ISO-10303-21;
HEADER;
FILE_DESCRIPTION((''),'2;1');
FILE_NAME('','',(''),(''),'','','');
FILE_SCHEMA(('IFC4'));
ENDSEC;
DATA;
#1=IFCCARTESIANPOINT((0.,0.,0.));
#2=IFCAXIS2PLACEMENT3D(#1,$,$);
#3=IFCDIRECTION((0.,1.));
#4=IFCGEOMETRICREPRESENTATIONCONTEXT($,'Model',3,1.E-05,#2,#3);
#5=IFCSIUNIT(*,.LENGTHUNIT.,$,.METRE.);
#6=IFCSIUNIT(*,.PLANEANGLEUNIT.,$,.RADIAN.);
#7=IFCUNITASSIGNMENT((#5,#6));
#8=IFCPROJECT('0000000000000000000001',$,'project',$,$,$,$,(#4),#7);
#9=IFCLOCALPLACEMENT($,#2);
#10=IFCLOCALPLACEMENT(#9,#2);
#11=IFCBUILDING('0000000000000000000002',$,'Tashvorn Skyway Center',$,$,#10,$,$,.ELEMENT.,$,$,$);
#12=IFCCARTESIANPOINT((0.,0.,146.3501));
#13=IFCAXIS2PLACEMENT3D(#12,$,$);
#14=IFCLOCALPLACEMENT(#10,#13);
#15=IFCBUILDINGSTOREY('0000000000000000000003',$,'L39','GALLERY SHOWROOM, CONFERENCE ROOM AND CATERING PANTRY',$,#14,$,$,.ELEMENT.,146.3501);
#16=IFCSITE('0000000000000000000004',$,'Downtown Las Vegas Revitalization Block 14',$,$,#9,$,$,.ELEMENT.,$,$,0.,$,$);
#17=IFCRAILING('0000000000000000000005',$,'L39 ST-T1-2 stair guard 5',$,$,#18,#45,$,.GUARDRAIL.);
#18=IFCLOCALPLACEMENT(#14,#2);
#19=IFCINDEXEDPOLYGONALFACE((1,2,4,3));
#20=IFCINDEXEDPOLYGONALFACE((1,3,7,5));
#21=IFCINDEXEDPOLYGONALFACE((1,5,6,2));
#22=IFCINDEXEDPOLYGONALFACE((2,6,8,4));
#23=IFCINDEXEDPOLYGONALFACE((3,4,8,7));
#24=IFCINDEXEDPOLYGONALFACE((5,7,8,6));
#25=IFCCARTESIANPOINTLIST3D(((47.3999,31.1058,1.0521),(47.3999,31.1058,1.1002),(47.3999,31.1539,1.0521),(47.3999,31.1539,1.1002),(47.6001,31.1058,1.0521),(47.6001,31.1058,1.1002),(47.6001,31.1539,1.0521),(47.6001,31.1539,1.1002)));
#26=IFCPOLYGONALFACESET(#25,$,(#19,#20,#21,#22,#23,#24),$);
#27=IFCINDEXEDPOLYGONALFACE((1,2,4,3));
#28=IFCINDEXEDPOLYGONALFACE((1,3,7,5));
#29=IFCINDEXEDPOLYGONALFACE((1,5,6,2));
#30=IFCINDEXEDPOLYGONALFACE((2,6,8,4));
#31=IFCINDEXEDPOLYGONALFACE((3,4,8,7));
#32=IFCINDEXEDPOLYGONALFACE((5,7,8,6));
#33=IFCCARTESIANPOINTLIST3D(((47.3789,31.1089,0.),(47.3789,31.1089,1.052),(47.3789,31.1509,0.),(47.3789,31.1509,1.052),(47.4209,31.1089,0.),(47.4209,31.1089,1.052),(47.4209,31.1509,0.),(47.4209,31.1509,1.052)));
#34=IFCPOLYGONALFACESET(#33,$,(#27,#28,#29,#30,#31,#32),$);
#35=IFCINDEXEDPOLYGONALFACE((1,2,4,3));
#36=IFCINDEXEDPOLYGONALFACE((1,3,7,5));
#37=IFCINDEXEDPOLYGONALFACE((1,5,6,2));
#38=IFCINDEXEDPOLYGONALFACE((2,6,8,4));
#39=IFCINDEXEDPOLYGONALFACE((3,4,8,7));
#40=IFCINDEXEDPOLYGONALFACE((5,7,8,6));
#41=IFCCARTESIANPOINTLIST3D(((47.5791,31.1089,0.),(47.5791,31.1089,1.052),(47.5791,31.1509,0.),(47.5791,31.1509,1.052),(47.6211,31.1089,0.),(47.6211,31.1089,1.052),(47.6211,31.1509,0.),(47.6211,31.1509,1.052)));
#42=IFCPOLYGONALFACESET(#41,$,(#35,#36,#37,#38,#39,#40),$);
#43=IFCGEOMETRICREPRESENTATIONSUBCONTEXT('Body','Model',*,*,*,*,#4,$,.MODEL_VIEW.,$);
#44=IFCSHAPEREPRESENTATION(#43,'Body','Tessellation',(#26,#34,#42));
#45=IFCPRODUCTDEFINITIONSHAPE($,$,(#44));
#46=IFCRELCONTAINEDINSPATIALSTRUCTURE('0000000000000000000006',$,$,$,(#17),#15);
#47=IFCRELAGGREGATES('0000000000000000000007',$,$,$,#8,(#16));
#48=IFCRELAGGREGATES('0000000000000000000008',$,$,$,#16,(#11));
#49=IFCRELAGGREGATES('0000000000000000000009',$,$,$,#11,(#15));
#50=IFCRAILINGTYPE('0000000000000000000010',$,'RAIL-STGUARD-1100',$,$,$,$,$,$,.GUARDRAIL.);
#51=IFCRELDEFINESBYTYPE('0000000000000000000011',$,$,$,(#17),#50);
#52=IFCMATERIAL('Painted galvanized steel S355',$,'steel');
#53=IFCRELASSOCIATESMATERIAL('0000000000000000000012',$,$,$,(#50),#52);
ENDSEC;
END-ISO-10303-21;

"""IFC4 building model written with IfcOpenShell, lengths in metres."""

from ifc_helpers import new_model, si_unit, direction, frame, origin, origin_2d, place, context, subcontext, project, spatial, rectangle, extrude, material, type_object, element, save


model = new_model("IFC4")

# Units and contexts
model_context = context("Model", 3, precision=1e-05, world=origin(), true_north=direction((0.0, 1.0)))
body_context = subcontext(model_context, "Body", "Model", "MODEL_VIEW")
ifc_project = project(units=[si_unit("LENGTHUNIT", "METRE"), si_unit("PLANEANGLEUNIT", "RADIAN")], contexts=[model_context])

# Site, building, storey
site_placement = place(None, origin())
site = spatial("IfcSite", under=ifc_project, at=site_placement, Name="Downtown Las Vegas Revitalization Block 14", CompositionType="ELEMENT", RefElevation=0.0)
building_placement = place(site_placement, origin())
building = spatial("IfcBuilding", under=site, at=building_placement, Name="Tashvorn Skyway Center", CompositionType="ELEMENT")
storey_placement = place(building_placement, frame((0.0, 0.0, 146.3501)))
storey = spatial("IfcBuildingStorey", under=building, at=storey_placement, Name="L39", Description="GALLERY SHOWROOM, CONFERENCE ROOM AND CATERING PANTRY", CompositionType="ELEMENT", Elevation=146.3501)

# Railing
ifc_material_1 = material(Name="Painted galvanized steel S355", Category="steel")
railing_type_1 = type_object("IfcRailingType", Name="RAIL-STGUARD-1100", PredefinedType="GUARDRAIL", material=ifc_material_1)
for number, where, name in (
    (1, (47.3999, 31.1299, 0.0), "L39 ST-T1-2 stair guard 5"),
):
    element("IfcRailing", number, at=place(storey_placement, frame(where)), inside=storey, type_object=railing_type_1, Name=name, PredefinedType="GUARDRAIL", context=body_context, shape_type="SweptSolid", body=[
        extrude(rectangle(XDim=0.0481, YDim=0.0481, at=origin_2d()), frame((0.0, 0.0, 1.0762), z_axis=(1.0, 0.0, 0.0), x_axis=(0.0, 1.0, 0.0)), (0.0, 0.0, 1.0), 0.2002),
        extrude(rectangle(XDim=0.042, YDim=0.042, at=origin_2d()), origin(), (0.0, 0.0, 1.0), 1.052),
        extrude(rectangle(XDim=0.042, YDim=0.042, at=origin_2d()), frame((0.2002, 0.0, 0.0)), (0.0, 0.0, 1.0), 1.052),
    ])

save(model, "model.ifc")
